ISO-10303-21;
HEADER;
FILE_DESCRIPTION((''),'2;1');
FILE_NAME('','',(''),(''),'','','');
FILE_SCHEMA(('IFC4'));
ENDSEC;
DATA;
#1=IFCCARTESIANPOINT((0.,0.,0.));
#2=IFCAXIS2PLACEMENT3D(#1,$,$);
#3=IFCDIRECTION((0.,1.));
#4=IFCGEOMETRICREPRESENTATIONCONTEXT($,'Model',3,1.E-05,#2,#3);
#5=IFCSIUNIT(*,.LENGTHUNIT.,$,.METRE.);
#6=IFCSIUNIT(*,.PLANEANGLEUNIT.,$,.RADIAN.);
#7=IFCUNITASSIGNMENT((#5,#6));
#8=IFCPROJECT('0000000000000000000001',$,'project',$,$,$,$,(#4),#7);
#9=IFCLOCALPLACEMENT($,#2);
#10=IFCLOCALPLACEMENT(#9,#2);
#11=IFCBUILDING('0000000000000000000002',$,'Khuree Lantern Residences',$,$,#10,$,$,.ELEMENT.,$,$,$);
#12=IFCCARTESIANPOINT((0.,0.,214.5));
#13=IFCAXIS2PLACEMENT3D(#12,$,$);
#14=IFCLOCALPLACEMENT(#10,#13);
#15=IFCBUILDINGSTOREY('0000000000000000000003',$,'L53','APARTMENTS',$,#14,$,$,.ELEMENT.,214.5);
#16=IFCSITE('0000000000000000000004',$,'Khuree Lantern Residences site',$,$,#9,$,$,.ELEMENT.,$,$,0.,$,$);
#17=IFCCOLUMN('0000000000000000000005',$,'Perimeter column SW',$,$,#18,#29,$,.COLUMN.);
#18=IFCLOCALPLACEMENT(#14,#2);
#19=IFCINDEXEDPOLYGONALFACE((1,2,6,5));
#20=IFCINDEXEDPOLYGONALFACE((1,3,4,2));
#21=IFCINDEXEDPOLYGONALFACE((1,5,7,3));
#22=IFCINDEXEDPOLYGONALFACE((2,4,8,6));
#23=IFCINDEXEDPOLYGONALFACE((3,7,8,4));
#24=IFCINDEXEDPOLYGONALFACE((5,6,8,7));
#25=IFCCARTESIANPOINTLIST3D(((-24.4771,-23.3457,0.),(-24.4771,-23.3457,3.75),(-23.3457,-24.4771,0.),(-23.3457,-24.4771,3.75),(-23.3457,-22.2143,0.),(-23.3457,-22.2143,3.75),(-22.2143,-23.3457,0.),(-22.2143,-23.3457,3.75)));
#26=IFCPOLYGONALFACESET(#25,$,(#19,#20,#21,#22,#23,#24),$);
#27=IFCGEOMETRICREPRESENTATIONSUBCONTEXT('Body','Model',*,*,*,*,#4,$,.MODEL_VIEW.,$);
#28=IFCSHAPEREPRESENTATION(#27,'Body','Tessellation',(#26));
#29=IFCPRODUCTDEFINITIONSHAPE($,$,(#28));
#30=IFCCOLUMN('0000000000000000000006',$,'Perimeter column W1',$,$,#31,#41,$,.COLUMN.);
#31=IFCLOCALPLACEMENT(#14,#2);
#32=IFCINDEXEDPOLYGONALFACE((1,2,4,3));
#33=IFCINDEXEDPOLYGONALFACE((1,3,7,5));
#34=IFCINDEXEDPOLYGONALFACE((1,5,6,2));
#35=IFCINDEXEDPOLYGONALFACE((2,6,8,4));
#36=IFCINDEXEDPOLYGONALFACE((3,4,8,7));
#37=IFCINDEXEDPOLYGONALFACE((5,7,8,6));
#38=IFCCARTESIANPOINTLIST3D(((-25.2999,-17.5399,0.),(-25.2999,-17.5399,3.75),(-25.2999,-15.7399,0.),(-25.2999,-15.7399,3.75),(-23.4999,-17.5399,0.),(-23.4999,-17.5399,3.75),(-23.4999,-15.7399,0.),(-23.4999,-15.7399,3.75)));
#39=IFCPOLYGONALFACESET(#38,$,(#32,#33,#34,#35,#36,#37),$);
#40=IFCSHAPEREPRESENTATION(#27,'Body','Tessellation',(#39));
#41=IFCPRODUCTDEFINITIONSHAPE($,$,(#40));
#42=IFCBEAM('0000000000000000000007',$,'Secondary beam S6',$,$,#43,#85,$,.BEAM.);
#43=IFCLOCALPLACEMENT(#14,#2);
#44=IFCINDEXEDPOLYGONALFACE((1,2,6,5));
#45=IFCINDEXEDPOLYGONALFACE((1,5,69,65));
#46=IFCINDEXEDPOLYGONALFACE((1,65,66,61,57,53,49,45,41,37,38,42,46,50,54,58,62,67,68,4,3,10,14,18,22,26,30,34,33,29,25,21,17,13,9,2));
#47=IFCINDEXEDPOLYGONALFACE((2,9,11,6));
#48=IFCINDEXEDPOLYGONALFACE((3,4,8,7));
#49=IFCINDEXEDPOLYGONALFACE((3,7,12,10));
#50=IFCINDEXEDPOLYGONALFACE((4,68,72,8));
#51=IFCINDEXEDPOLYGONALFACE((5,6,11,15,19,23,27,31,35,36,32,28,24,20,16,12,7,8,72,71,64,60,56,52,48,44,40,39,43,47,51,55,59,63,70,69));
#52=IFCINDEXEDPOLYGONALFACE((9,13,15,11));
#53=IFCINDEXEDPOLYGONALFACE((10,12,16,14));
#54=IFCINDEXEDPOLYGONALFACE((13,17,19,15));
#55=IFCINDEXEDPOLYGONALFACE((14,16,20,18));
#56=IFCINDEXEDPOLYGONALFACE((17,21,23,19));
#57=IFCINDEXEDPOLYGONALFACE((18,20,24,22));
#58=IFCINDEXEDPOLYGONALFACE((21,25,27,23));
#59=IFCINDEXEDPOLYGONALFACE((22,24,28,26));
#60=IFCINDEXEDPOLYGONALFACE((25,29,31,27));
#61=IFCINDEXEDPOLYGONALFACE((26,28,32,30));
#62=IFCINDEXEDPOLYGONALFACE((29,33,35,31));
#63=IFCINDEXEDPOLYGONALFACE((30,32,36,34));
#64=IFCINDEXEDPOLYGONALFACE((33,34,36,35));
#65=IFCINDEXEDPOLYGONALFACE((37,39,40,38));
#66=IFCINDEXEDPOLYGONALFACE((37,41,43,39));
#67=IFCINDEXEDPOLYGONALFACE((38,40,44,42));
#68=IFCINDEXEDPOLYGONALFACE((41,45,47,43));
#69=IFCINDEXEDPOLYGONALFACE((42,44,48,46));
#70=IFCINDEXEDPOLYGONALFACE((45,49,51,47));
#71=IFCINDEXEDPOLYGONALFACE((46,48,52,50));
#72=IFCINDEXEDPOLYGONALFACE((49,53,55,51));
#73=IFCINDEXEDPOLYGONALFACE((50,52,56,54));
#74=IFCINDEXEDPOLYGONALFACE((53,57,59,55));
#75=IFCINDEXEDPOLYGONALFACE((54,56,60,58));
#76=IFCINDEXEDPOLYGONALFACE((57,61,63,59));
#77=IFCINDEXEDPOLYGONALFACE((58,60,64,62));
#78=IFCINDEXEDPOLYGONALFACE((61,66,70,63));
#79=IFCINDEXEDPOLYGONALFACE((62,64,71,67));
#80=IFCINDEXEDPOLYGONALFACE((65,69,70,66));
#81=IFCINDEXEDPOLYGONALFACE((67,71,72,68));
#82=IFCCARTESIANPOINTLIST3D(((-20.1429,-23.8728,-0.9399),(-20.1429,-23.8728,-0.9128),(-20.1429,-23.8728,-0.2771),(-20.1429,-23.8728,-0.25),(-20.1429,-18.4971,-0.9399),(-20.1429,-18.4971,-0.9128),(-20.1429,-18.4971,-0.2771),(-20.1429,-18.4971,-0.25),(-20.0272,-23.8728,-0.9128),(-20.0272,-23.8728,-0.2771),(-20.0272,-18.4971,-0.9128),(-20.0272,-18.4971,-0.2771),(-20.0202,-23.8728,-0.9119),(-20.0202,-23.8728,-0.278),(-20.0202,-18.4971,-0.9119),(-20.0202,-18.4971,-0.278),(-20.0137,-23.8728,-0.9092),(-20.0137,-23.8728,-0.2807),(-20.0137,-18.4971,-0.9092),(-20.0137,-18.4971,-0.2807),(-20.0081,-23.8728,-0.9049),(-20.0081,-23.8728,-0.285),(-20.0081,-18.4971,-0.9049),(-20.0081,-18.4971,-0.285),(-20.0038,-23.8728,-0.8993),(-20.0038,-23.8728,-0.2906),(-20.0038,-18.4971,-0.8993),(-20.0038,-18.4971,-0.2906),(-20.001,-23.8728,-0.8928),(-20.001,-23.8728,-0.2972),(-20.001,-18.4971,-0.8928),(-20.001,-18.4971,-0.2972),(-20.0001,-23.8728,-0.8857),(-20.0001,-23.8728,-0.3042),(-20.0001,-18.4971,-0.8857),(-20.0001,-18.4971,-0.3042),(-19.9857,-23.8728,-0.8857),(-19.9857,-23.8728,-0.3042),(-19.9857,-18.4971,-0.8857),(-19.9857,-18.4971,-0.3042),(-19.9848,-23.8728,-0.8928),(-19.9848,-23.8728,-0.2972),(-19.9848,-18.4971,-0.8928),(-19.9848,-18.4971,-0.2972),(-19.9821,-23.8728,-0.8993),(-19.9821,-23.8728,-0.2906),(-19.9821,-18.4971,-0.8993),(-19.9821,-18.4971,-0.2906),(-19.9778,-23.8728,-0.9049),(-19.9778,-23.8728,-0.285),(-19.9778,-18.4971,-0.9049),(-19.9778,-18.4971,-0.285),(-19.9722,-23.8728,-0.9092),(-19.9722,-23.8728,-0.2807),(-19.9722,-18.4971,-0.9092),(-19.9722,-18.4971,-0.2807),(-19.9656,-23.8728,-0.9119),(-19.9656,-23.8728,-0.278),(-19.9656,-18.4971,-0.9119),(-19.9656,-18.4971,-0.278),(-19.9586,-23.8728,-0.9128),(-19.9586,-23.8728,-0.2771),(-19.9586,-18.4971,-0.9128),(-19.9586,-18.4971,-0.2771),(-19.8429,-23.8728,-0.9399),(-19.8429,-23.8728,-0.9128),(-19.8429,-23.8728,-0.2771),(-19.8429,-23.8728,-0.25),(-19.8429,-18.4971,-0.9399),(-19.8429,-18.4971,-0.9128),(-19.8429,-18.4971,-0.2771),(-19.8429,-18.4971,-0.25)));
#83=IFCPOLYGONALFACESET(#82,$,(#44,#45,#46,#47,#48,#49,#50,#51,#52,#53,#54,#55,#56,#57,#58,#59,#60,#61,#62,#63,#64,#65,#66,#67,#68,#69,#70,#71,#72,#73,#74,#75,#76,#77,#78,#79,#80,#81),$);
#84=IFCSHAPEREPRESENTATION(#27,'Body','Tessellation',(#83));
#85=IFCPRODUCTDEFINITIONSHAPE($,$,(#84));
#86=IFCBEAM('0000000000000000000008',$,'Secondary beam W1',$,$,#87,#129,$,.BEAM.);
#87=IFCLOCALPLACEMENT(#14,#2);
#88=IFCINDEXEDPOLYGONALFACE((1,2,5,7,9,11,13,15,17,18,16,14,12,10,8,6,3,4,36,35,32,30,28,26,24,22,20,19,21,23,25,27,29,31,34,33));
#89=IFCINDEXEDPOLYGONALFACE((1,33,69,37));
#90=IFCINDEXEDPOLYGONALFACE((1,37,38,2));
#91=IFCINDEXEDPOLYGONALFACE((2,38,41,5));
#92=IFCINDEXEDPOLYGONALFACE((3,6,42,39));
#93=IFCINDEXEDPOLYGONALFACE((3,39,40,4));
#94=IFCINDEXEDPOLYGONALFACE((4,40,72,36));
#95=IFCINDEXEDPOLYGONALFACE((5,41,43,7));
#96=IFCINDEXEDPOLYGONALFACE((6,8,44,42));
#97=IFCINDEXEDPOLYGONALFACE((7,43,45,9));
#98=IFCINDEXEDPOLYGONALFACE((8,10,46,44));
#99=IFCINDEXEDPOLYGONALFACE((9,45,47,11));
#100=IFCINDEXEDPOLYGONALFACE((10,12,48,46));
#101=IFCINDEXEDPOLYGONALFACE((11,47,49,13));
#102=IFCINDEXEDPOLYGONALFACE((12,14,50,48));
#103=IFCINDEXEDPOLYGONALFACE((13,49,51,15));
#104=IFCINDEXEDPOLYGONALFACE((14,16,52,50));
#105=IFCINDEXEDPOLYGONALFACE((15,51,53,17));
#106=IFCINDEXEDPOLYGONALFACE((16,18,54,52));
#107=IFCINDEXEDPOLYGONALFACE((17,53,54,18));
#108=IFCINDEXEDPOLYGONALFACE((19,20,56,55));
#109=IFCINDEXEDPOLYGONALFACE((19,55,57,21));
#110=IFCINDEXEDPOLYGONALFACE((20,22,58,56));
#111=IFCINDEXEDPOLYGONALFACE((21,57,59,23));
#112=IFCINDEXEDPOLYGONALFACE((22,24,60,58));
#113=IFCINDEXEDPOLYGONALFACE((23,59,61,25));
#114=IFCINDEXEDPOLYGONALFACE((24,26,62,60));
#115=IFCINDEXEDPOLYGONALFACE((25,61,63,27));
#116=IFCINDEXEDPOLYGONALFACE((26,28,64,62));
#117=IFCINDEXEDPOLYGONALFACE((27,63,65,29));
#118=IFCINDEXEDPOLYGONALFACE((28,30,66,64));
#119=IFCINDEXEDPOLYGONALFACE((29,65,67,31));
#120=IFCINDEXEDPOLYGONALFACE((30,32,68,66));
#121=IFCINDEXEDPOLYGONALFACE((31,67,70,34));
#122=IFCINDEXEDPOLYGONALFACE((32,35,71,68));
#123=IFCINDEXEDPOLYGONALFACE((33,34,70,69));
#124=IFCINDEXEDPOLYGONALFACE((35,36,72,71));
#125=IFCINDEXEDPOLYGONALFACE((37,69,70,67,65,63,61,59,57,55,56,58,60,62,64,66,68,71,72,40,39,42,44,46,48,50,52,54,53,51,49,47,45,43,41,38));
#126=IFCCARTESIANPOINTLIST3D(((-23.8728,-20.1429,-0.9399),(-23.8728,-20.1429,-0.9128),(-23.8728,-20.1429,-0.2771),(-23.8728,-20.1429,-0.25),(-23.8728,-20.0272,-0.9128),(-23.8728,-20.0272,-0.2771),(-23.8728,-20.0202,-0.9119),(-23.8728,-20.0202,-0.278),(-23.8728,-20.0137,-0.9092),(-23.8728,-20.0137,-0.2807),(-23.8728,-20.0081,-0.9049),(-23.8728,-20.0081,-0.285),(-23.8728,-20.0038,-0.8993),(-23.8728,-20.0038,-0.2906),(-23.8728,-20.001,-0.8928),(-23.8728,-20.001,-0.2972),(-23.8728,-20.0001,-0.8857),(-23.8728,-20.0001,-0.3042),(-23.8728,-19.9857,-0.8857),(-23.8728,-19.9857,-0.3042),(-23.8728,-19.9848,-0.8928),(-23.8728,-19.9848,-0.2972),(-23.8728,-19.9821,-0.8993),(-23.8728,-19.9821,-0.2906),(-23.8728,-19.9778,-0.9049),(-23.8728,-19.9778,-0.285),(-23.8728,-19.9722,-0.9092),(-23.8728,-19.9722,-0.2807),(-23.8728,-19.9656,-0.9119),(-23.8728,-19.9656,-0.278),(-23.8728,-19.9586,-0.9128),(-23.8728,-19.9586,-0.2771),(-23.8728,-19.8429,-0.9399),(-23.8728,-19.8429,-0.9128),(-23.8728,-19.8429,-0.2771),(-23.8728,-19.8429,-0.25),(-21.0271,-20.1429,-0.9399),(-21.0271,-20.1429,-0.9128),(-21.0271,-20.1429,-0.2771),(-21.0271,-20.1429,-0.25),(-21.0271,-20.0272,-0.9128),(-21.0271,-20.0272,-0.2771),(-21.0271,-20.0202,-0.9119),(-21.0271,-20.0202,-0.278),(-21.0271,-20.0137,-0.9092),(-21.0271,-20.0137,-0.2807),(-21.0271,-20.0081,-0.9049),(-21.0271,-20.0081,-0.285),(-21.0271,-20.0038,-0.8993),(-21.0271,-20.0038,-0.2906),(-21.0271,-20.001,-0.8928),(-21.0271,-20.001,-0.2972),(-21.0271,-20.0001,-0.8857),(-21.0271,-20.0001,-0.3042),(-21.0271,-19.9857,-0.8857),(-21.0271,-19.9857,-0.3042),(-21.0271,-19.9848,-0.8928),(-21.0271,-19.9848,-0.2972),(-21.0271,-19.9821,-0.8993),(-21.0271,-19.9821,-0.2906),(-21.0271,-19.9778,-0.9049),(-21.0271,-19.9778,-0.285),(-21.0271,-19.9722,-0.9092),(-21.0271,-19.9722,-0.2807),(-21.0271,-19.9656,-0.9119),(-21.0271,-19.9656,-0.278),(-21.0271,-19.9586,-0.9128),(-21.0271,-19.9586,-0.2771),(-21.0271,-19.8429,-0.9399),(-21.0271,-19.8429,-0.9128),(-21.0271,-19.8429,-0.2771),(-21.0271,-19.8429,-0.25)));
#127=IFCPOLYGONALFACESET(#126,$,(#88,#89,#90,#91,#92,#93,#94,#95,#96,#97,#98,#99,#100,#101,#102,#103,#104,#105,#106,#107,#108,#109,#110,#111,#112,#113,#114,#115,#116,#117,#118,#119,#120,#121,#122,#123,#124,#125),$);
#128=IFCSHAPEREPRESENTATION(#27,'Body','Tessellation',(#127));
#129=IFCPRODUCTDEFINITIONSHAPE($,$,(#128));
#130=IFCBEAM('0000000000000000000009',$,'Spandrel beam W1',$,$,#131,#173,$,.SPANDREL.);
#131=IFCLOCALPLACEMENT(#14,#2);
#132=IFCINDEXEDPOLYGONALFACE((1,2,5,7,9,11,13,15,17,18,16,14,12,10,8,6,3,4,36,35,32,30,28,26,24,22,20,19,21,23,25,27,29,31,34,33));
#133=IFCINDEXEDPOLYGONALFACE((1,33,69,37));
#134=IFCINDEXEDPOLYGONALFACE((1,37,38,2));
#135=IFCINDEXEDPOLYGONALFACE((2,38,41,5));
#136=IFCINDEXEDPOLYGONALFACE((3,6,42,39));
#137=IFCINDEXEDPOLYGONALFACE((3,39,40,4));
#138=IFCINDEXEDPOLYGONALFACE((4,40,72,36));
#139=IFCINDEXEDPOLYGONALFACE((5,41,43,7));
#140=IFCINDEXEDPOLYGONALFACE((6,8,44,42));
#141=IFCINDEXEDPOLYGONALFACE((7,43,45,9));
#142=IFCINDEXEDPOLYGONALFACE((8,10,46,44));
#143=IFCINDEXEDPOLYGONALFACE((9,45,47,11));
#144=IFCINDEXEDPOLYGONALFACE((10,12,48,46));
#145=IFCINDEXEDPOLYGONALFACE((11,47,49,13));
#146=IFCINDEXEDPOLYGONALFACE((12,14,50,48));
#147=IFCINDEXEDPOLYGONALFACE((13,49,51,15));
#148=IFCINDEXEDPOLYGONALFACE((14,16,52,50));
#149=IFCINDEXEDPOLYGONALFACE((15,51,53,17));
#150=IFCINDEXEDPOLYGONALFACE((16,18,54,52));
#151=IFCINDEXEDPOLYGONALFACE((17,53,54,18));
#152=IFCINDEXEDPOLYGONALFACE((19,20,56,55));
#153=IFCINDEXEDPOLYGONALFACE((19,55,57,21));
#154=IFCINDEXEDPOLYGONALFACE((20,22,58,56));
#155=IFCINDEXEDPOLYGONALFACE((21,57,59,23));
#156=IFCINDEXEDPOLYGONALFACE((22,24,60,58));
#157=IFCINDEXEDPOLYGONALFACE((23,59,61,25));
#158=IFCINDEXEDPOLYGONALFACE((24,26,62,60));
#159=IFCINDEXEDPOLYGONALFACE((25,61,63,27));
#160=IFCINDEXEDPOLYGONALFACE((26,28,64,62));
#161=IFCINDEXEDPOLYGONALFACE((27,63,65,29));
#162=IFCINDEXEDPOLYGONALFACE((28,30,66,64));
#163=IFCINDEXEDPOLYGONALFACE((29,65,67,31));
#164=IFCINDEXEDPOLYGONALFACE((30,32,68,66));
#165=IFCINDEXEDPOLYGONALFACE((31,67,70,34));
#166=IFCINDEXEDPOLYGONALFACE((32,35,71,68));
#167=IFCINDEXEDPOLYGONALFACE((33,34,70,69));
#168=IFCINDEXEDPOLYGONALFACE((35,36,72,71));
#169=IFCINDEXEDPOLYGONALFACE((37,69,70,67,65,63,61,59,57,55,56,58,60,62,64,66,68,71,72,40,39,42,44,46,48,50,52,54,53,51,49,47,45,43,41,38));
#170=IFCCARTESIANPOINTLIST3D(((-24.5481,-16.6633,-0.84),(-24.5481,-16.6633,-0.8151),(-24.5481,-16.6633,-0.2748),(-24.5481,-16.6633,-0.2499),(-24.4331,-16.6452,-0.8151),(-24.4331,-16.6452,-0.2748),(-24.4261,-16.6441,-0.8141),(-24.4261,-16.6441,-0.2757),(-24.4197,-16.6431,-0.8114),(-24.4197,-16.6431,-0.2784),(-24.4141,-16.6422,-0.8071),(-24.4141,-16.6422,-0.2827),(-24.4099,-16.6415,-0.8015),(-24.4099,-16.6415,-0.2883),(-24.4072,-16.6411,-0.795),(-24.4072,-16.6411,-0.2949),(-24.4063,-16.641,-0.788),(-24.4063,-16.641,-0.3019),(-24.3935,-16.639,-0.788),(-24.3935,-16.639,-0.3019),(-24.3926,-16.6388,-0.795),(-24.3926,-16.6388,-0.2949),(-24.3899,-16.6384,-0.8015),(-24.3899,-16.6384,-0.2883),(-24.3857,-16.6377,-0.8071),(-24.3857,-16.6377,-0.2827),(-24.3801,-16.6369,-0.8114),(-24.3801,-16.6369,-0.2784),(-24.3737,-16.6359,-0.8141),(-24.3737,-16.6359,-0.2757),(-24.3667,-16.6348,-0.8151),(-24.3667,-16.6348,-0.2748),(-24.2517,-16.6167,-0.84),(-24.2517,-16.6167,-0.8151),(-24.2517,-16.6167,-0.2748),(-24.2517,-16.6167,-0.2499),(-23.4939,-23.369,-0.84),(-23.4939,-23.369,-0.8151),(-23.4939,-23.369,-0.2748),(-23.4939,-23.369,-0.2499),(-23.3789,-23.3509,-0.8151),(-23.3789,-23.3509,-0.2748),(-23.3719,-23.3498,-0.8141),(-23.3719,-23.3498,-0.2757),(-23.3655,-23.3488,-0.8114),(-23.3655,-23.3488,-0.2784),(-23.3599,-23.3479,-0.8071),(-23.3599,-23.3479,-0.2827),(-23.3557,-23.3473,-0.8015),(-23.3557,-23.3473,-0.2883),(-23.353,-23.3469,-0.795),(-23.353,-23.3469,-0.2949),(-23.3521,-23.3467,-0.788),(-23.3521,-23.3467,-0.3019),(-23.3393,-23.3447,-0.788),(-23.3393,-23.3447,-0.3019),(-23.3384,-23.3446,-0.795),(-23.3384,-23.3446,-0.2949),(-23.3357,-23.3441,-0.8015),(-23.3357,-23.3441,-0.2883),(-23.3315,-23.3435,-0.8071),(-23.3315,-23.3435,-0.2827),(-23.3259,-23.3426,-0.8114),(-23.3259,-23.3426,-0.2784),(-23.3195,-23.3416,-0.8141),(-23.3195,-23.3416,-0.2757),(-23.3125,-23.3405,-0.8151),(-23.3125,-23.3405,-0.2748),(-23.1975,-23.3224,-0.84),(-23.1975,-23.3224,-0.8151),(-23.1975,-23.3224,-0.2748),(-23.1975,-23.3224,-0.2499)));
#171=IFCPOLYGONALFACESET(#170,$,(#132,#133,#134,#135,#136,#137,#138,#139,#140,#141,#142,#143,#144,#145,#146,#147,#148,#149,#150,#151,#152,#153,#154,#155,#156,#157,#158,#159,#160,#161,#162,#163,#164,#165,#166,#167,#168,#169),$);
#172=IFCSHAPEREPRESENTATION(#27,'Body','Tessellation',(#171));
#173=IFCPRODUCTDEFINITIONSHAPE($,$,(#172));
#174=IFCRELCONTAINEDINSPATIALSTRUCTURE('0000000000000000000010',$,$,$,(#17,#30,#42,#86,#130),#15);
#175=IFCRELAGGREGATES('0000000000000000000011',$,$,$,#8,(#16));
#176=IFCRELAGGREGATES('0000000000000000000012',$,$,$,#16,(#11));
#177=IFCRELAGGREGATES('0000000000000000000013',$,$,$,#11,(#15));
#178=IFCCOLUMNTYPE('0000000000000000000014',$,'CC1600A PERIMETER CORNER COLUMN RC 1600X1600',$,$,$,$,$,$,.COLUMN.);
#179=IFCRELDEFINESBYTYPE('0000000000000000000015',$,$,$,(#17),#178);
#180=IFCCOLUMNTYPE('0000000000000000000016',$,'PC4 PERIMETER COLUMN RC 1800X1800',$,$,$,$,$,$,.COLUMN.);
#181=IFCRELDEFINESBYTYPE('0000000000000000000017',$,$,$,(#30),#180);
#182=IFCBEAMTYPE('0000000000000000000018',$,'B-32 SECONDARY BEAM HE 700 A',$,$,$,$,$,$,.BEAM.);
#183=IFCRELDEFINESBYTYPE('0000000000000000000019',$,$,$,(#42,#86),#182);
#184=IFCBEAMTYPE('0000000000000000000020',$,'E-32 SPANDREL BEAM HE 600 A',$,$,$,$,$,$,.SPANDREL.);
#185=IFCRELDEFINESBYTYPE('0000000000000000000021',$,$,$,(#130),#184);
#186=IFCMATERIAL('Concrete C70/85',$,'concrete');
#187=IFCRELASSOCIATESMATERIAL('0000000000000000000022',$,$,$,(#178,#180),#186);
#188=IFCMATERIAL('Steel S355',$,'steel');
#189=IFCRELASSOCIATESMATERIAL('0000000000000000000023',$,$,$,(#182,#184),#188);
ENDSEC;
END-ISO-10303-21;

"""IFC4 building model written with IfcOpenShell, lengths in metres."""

from ifc_helpers import new_model, si_unit, direction, frame, origin, origin_2d, place, context, subcontext, project, spatial, rectangle, i_section, extrude, material, material_profile, profile_set, type_object, element, save


model = new_model("IFC4")

# Units and contexts
model_context = context("Model", 3, precision=1e-05, world=origin(), true_north=direction((0.0, 1.0)))
body_context = subcontext(model_context, "Body", "Model", "MODEL_VIEW")
ifc_project = project(units=[si_unit("LENGTHUNIT", "METRE"), si_unit("PLANEANGLEUNIT", "RADIAN")], contexts=[model_context])

# Site, building, storey
site_placement = place(None, origin())
site = spatial("IfcSite", under=ifc_project, at=site_placement, Name="Khuree Lantern Residences site", CompositionType="ELEMENT", RefElevation=0.0)
building_placement = place(site_placement, origin())
building = spatial("IfcBuilding", under=site, at=building_placement, Name="Khuree Lantern Residences", CompositionType="ELEMENT")
storey_placement = place(building_placement, frame((0.0, 0.0, 214.5)))
storey = spatial("IfcBuildingStorey", under=building, at=storey_placement, Name="L53", Description="APARTMENTS", CompositionType="ELEMENT", Elevation=214.5)

# Columns
ifc_material_1 = material(Name="Concrete C70/85", Category="concrete")
ifc_material_profile_1 = material_profile(ifc_material_1, rectangle(XDim=1.6001, YDim=1.6001, at=origin_2d()), Name="RC 1600X1600")
ifc_profile_set_1 = profile_set([ifc_material_profile_1], Name="Concrete C70/85")
column_type_1 = type_object("IfcColumnType", Name="CC1600A PERIMETER CORNER COLUMN RC 1600X1600", PredefinedType="COLUMN", material=ifc_profile_set_1)
column_1_placement = place(storey_placement, frame((-23.3457, -23.3457, 0.0), z_axis=(0.0, 0.0, 1.0), x_axis=(0.707107, -0.707107, 0.0)))
element("IfcColumn", 1, at=column_1_placement, inside=storey, type_object=column_type_1, Name="Perimeter column SW", PredefinedType="COLUMN", context=body_context, shape_type="SweptSolid", body=[
    extrude(rectangle(XDim=1.6001, YDim=1.6001, at=origin_2d()), origin(), (0.0, 0.0, 1.0), 3.75),
])
ifc_material_profile_2 = material_profile(ifc_material_1, rectangle(XDim=1.8, YDim=1.8, at=origin_2d()), Name="RC 1800X1800")
ifc_profile_set_2 = profile_set([ifc_material_profile_2], Name="Concrete C70/85")
column_type_2 = type_object("IfcColumnType", Name="PC4 PERIMETER COLUMN RC 1800X1800", PredefinedType="COLUMN", material=ifc_profile_set_2)
column_2_placement = place(storey_placement, frame((-24.3999, -16.6399, 0.0), z_axis=(0.0, 0.0, 1.0), x_axis=(0.0, 1.0, 0.0)))
element("IfcColumn", 2, at=column_2_placement, inside=storey, type_object=column_type_2, Name="Perimeter column W1", PredefinedType="COLUMN", context=body_context, shape_type="SweptSolid", body=[
    extrude(rectangle(XDim=1.8, YDim=1.8, at=origin_2d()), origin(), (0.0, 0.0, 1.0), 3.75),
])

# Beams
ifc_material_2 = material(Name="Steel S355", Category="steel")
ifc_material_profile_3 = material_profile(ifc_material_2, i_section(OverallWidth=0.3, OverallDepth=0.6899, WebThickness=0.0144, FlangeThickness=0.0271, FilletRadius=0.0271, at=origin_2d()), Name="HE 700 A")
ifc_profile_set_3 = profile_set([ifc_material_profile_3], Name="Steel S355")
beam_type_1 = type_object("IfcBeamType", Name="B-32 SECONDARY BEAM HE 700 A", PredefinedType="BEAM", material=ifc_profile_set_3)
beam_1_placement = place(storey_placement, frame((-19.9929, -23.8728, -0.595), z_axis=(0.0, 1.0, 0.0), x_axis=(-1.0, 0.0, 0.0)))
element("IfcBeam", 3, at=beam_1_placement, inside=storey, type_object=beam_type_1, Name="Secondary beam S6", PredefinedType="BEAM", context=body_context, shape_type="SweptSolid", body=[
    extrude(i_section(OverallWidth=0.3, OverallDepth=0.6899, WebThickness=0.0144, FlangeThickness=0.0271, FilletRadius=0.0271, at=origin_2d()), origin(), (0.0, 0.0, 1.0), 5.3757),
])
beam_2_placement = place(storey_placement, frame((-23.8728, -19.9929, -0.595), z_axis=(1.0, 0.0, 0.0), x_axis=(0.0, 1.0, 0.0)))
element("IfcBeam", 4, at=beam_2_placement, inside=storey, type_object=beam_type_1, Name="Secondary beam W1", PredefinedType="BEAM", context=body_context, shape_type="SweptSolid", body=[
    extrude(i_section(OverallWidth=0.3, OverallDepth=0.6899, WebThickness=0.0144, FlangeThickness=0.0271, FilletRadius=0.0271, at=origin_2d()), origin(), (0.0, 0.0, 1.0), 2.8457),
])
ifc_material_profile_4 = material_profile(ifc_material_2, i_section(OverallWidth=0.3, OverallDepth=0.5901, WebThickness=0.0129, FlangeThickness=0.0249, FilletRadius=0.0271, at=origin_2d()), Name="HE 600 A")
ifc_profile_set_4 = profile_set([ifc_material_profile_4], Name="Steel S355")
beam_type_2 = type_object("IfcBeamType", Name="E-32 SPANDREL BEAM HE 600 A", PredefinedType="SPANDREL", material=ifc_profile_set_4)
beam_3_placement = place(storey_placement, frame((-23.3457, -23.3457, -0.5449), z_axis=(-0.1553, 0.987867, 0.0), x_axis=(-0.987867, -0.1553, 0.0)))
element("IfcBeam", 5, at=beam_3_placement, inside=storey, type_object=beam_type_2, Name="Spandrel beam W1", PredefinedType="SPANDREL", context=body_context, shape_type="SweptSolid", body=[
    extrude(i_section(OverallWidth=0.3, OverallDepth=0.5901, WebThickness=0.0129, FlangeThickness=0.0249, FilletRadius=0.0271, at=origin_2d()), origin(), (0.0, 0.0, 1.0), 6.7881),
])

save(model, "model.ifc")
